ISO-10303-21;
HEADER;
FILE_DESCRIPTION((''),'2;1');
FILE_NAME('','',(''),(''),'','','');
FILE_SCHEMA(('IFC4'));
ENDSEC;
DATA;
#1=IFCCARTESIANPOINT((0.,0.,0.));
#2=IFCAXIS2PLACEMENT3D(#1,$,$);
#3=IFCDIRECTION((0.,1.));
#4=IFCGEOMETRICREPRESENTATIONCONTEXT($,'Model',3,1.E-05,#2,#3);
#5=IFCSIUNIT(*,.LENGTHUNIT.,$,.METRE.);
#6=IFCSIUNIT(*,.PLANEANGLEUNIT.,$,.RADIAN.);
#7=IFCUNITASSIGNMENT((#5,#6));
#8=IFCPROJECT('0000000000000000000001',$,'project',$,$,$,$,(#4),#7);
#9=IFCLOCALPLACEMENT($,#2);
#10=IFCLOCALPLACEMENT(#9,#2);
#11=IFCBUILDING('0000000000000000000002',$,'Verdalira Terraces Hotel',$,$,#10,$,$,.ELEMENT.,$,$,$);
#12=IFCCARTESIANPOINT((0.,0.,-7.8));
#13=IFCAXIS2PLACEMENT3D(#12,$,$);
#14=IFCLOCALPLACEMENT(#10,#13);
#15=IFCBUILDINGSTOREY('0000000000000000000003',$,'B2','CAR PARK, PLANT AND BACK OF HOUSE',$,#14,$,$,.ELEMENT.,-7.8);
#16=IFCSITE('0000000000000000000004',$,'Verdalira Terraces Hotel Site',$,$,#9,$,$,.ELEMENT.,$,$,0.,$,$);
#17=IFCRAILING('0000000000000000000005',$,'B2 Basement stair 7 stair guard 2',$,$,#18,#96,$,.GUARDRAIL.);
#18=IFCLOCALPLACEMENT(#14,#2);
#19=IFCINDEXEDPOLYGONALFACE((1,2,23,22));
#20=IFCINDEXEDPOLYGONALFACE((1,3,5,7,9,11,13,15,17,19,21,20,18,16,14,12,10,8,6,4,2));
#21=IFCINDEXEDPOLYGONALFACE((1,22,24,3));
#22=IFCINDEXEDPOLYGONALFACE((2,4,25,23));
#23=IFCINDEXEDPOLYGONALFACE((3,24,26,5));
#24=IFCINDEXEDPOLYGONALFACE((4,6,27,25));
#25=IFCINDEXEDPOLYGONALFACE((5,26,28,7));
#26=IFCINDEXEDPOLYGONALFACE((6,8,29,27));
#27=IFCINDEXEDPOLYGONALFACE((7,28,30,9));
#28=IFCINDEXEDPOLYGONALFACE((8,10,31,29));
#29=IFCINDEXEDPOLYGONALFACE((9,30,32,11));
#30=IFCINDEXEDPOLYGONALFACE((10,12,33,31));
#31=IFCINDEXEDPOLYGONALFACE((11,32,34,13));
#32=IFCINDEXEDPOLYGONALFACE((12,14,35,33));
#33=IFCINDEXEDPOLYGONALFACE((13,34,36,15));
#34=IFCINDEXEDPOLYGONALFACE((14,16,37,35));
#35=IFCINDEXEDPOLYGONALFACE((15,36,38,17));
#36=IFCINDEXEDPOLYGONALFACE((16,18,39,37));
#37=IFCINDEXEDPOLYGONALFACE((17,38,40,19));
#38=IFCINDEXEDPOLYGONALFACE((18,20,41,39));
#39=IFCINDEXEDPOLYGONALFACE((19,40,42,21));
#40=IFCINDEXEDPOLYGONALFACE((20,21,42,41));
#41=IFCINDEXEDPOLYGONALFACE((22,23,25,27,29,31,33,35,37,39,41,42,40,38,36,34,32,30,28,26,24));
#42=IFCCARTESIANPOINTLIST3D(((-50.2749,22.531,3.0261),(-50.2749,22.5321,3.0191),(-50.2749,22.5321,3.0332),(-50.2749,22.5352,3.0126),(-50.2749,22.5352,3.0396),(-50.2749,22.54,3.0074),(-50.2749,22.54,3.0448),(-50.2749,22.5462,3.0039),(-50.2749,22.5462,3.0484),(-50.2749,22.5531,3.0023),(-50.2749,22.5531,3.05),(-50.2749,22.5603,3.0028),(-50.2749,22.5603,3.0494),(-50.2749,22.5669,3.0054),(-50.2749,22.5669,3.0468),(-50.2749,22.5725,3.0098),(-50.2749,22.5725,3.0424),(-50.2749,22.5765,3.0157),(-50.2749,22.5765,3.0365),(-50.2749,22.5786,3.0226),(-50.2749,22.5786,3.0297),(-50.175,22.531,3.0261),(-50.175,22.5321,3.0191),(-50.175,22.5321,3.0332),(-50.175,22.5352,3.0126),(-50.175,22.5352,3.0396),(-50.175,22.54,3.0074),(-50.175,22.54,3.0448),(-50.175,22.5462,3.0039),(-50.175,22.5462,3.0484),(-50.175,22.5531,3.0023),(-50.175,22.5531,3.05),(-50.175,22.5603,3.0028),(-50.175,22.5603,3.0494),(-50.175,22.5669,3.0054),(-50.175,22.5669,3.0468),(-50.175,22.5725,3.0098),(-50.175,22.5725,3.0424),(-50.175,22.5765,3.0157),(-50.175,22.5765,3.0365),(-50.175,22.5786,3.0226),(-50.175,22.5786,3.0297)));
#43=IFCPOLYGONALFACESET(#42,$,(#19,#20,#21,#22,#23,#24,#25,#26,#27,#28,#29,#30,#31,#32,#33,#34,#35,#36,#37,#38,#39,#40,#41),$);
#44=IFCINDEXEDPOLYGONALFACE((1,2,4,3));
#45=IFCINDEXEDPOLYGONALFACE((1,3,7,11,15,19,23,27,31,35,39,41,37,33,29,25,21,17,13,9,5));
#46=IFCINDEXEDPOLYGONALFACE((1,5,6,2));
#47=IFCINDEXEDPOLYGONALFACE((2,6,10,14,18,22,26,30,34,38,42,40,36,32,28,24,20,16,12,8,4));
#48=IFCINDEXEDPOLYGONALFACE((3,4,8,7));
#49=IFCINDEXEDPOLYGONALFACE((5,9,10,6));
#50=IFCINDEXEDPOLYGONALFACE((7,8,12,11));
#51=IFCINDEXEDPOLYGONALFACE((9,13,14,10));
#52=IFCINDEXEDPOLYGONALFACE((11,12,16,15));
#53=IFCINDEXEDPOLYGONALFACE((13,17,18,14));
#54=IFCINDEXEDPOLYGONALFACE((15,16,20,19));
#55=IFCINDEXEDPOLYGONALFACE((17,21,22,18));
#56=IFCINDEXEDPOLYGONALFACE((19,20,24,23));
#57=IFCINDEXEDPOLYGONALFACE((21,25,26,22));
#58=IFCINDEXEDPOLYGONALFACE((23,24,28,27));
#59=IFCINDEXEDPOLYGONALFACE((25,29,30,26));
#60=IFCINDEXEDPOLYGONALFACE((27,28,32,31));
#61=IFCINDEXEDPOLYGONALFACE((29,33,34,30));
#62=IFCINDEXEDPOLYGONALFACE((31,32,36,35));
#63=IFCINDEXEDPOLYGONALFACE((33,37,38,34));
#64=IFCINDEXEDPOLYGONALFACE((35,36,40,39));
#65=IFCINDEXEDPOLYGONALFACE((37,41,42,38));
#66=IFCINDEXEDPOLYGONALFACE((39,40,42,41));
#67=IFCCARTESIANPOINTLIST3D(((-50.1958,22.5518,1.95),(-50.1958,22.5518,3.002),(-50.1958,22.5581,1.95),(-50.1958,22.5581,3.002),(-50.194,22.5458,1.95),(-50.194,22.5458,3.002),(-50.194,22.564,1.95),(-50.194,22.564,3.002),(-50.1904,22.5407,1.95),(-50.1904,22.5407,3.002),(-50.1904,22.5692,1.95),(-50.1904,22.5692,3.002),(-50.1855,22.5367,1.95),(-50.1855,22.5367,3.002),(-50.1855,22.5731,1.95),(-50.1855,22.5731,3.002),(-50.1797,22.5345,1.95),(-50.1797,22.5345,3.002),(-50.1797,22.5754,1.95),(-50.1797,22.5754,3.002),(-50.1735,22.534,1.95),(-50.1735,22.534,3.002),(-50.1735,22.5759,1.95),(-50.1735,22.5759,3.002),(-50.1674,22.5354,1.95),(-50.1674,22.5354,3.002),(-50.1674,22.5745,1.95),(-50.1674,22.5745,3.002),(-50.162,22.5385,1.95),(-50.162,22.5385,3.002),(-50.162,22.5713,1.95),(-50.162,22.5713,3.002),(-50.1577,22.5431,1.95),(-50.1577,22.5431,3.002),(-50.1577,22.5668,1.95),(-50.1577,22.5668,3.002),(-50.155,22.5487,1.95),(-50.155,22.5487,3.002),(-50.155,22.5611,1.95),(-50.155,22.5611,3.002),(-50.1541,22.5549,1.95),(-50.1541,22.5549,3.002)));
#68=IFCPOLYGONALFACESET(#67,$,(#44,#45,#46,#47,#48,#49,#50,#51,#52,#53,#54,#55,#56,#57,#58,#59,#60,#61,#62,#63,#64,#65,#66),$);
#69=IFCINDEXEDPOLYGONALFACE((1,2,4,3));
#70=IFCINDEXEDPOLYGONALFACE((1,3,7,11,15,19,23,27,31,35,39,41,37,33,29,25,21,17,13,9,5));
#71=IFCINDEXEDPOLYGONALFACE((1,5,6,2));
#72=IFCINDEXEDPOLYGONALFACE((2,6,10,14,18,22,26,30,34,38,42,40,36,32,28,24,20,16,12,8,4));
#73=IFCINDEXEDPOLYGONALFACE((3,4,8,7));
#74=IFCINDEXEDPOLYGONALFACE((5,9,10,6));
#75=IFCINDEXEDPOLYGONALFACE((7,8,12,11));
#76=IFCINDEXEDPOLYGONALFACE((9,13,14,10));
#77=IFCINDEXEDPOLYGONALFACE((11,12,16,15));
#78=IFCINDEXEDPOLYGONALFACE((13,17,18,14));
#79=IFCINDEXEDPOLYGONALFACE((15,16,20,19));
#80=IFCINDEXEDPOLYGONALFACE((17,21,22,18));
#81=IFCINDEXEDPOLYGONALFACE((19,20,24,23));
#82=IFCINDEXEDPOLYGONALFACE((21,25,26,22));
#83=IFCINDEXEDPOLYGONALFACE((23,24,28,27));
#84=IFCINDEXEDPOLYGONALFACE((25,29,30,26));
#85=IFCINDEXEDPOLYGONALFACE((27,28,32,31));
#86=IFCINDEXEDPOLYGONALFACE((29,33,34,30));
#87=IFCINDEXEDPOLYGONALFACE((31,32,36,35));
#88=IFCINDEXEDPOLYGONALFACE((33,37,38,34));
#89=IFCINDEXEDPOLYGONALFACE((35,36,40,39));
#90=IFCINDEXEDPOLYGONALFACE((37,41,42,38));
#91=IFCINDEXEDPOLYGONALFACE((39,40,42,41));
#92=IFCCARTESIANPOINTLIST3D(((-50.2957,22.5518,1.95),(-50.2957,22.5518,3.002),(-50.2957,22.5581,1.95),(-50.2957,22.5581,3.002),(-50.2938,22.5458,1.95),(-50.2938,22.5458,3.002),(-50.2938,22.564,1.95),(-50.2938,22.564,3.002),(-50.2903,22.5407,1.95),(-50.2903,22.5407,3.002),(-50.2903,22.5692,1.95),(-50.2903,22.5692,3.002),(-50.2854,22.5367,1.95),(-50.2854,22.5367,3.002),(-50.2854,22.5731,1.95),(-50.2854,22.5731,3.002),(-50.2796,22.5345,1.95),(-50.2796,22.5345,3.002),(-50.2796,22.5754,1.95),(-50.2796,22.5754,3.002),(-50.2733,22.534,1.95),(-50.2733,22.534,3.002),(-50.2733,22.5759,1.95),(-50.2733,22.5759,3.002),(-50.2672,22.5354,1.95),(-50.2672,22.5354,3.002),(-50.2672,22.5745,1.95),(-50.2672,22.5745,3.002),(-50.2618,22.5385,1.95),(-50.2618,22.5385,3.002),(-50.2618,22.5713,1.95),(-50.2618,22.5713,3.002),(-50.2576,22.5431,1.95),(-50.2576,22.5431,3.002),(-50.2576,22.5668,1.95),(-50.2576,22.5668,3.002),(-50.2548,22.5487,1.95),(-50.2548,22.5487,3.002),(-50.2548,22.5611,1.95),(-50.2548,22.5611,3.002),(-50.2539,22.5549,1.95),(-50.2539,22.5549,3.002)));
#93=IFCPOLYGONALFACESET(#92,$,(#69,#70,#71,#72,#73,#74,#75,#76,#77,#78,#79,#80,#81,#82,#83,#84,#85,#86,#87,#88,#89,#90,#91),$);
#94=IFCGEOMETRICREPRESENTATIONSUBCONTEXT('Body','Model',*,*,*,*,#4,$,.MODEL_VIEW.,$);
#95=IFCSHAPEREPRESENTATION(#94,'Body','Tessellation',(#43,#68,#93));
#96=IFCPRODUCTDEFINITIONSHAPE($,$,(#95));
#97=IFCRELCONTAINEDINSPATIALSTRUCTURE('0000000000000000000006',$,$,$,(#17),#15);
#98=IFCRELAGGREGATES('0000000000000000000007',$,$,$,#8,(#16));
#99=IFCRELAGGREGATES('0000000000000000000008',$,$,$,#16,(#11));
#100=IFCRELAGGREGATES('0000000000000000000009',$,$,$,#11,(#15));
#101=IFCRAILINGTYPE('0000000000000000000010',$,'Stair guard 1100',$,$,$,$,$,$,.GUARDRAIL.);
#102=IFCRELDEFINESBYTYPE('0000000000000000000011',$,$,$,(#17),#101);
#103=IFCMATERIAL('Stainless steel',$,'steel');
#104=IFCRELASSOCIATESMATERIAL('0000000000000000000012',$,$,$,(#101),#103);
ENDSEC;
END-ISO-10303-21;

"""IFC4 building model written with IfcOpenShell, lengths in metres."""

from ifc_helpers import new_model, si_unit, direction, frame, origin, origin_2d, place, context, subcontext, project, spatial, circle, extrude, material, type_object, element, save


model = new_model("IFC4")

# Units and contexts
model_context = context("Model", 3, precision=1e-05, world=origin(), true_north=direction((0.0, 1.0)))
body_context = subcontext(model_context, "Body", "Model", "MODEL_VIEW")
ifc_project = project(units=[si_unit("LENGTHUNIT", "METRE"), si_unit("PLANEANGLEUNIT", "RADIAN")], contexts=[model_context])

# Site, building, storey
site_placement = place(None, origin())
site = spatial("IfcSite", under=ifc_project, at=site_placement, Name="Verdalira Terraces Hotel Site", CompositionType="ELEMENT", RefElevation=0.0)
building_placement = place(site_placement, origin())
building = spatial("IfcBuilding", under=site, at=building_placement, Name="Verdalira Terraces Hotel", CompositionType="ELEMENT")
storey_placement = place(building_placement, frame((0.0, 0.0, -7.8)))
storey = spatial("IfcBuildingStorey", under=building, at=storey_placement, Name="B2", Description="CAR PARK, PLANT AND BACK OF HOUSE", CompositionType="ELEMENT", Elevation=-7.8)

# Railing
ifc_material_1 = material(Name="Stainless steel", Category="steel")
railing_type_1 = type_object("IfcRailingType", Name="Stair guard 1100", PredefinedType="GUARDRAIL", material=ifc_material_1)
railing_1_placement = place(storey_placement, frame((-50.175, 22.5549, 1.95)))
element("IfcRailing", 1, at=railing_1_placement, inside=storey, type_object=railing_type_1, Name="B2 Basement stair 7 stair guard 2", PredefinedType="GUARDRAIL", context=body_context, shape_type="SweptSolid", body=[
    extrude(circle(Radius=0.0239, at=origin_2d()), frame((0.0, 0.0, 1.0762), z_axis=(-1.0, 0.0, 0.0), x_axis=(0.0, -1.0, 0.0)), (0.0, 0.0, 1.0), 0.0999),
    extrude(circle(Radius=0.021, at=origin_2d()), origin(), (0.0, 0.0, 1.0), 1.052),
    extrude(circle(Radius=0.021, at=origin_2d()), frame((-0.0999, 0.0, 0.0)), (0.0, 0.0, 1.0), 1.052),
])

save(model, "model.ifc")
